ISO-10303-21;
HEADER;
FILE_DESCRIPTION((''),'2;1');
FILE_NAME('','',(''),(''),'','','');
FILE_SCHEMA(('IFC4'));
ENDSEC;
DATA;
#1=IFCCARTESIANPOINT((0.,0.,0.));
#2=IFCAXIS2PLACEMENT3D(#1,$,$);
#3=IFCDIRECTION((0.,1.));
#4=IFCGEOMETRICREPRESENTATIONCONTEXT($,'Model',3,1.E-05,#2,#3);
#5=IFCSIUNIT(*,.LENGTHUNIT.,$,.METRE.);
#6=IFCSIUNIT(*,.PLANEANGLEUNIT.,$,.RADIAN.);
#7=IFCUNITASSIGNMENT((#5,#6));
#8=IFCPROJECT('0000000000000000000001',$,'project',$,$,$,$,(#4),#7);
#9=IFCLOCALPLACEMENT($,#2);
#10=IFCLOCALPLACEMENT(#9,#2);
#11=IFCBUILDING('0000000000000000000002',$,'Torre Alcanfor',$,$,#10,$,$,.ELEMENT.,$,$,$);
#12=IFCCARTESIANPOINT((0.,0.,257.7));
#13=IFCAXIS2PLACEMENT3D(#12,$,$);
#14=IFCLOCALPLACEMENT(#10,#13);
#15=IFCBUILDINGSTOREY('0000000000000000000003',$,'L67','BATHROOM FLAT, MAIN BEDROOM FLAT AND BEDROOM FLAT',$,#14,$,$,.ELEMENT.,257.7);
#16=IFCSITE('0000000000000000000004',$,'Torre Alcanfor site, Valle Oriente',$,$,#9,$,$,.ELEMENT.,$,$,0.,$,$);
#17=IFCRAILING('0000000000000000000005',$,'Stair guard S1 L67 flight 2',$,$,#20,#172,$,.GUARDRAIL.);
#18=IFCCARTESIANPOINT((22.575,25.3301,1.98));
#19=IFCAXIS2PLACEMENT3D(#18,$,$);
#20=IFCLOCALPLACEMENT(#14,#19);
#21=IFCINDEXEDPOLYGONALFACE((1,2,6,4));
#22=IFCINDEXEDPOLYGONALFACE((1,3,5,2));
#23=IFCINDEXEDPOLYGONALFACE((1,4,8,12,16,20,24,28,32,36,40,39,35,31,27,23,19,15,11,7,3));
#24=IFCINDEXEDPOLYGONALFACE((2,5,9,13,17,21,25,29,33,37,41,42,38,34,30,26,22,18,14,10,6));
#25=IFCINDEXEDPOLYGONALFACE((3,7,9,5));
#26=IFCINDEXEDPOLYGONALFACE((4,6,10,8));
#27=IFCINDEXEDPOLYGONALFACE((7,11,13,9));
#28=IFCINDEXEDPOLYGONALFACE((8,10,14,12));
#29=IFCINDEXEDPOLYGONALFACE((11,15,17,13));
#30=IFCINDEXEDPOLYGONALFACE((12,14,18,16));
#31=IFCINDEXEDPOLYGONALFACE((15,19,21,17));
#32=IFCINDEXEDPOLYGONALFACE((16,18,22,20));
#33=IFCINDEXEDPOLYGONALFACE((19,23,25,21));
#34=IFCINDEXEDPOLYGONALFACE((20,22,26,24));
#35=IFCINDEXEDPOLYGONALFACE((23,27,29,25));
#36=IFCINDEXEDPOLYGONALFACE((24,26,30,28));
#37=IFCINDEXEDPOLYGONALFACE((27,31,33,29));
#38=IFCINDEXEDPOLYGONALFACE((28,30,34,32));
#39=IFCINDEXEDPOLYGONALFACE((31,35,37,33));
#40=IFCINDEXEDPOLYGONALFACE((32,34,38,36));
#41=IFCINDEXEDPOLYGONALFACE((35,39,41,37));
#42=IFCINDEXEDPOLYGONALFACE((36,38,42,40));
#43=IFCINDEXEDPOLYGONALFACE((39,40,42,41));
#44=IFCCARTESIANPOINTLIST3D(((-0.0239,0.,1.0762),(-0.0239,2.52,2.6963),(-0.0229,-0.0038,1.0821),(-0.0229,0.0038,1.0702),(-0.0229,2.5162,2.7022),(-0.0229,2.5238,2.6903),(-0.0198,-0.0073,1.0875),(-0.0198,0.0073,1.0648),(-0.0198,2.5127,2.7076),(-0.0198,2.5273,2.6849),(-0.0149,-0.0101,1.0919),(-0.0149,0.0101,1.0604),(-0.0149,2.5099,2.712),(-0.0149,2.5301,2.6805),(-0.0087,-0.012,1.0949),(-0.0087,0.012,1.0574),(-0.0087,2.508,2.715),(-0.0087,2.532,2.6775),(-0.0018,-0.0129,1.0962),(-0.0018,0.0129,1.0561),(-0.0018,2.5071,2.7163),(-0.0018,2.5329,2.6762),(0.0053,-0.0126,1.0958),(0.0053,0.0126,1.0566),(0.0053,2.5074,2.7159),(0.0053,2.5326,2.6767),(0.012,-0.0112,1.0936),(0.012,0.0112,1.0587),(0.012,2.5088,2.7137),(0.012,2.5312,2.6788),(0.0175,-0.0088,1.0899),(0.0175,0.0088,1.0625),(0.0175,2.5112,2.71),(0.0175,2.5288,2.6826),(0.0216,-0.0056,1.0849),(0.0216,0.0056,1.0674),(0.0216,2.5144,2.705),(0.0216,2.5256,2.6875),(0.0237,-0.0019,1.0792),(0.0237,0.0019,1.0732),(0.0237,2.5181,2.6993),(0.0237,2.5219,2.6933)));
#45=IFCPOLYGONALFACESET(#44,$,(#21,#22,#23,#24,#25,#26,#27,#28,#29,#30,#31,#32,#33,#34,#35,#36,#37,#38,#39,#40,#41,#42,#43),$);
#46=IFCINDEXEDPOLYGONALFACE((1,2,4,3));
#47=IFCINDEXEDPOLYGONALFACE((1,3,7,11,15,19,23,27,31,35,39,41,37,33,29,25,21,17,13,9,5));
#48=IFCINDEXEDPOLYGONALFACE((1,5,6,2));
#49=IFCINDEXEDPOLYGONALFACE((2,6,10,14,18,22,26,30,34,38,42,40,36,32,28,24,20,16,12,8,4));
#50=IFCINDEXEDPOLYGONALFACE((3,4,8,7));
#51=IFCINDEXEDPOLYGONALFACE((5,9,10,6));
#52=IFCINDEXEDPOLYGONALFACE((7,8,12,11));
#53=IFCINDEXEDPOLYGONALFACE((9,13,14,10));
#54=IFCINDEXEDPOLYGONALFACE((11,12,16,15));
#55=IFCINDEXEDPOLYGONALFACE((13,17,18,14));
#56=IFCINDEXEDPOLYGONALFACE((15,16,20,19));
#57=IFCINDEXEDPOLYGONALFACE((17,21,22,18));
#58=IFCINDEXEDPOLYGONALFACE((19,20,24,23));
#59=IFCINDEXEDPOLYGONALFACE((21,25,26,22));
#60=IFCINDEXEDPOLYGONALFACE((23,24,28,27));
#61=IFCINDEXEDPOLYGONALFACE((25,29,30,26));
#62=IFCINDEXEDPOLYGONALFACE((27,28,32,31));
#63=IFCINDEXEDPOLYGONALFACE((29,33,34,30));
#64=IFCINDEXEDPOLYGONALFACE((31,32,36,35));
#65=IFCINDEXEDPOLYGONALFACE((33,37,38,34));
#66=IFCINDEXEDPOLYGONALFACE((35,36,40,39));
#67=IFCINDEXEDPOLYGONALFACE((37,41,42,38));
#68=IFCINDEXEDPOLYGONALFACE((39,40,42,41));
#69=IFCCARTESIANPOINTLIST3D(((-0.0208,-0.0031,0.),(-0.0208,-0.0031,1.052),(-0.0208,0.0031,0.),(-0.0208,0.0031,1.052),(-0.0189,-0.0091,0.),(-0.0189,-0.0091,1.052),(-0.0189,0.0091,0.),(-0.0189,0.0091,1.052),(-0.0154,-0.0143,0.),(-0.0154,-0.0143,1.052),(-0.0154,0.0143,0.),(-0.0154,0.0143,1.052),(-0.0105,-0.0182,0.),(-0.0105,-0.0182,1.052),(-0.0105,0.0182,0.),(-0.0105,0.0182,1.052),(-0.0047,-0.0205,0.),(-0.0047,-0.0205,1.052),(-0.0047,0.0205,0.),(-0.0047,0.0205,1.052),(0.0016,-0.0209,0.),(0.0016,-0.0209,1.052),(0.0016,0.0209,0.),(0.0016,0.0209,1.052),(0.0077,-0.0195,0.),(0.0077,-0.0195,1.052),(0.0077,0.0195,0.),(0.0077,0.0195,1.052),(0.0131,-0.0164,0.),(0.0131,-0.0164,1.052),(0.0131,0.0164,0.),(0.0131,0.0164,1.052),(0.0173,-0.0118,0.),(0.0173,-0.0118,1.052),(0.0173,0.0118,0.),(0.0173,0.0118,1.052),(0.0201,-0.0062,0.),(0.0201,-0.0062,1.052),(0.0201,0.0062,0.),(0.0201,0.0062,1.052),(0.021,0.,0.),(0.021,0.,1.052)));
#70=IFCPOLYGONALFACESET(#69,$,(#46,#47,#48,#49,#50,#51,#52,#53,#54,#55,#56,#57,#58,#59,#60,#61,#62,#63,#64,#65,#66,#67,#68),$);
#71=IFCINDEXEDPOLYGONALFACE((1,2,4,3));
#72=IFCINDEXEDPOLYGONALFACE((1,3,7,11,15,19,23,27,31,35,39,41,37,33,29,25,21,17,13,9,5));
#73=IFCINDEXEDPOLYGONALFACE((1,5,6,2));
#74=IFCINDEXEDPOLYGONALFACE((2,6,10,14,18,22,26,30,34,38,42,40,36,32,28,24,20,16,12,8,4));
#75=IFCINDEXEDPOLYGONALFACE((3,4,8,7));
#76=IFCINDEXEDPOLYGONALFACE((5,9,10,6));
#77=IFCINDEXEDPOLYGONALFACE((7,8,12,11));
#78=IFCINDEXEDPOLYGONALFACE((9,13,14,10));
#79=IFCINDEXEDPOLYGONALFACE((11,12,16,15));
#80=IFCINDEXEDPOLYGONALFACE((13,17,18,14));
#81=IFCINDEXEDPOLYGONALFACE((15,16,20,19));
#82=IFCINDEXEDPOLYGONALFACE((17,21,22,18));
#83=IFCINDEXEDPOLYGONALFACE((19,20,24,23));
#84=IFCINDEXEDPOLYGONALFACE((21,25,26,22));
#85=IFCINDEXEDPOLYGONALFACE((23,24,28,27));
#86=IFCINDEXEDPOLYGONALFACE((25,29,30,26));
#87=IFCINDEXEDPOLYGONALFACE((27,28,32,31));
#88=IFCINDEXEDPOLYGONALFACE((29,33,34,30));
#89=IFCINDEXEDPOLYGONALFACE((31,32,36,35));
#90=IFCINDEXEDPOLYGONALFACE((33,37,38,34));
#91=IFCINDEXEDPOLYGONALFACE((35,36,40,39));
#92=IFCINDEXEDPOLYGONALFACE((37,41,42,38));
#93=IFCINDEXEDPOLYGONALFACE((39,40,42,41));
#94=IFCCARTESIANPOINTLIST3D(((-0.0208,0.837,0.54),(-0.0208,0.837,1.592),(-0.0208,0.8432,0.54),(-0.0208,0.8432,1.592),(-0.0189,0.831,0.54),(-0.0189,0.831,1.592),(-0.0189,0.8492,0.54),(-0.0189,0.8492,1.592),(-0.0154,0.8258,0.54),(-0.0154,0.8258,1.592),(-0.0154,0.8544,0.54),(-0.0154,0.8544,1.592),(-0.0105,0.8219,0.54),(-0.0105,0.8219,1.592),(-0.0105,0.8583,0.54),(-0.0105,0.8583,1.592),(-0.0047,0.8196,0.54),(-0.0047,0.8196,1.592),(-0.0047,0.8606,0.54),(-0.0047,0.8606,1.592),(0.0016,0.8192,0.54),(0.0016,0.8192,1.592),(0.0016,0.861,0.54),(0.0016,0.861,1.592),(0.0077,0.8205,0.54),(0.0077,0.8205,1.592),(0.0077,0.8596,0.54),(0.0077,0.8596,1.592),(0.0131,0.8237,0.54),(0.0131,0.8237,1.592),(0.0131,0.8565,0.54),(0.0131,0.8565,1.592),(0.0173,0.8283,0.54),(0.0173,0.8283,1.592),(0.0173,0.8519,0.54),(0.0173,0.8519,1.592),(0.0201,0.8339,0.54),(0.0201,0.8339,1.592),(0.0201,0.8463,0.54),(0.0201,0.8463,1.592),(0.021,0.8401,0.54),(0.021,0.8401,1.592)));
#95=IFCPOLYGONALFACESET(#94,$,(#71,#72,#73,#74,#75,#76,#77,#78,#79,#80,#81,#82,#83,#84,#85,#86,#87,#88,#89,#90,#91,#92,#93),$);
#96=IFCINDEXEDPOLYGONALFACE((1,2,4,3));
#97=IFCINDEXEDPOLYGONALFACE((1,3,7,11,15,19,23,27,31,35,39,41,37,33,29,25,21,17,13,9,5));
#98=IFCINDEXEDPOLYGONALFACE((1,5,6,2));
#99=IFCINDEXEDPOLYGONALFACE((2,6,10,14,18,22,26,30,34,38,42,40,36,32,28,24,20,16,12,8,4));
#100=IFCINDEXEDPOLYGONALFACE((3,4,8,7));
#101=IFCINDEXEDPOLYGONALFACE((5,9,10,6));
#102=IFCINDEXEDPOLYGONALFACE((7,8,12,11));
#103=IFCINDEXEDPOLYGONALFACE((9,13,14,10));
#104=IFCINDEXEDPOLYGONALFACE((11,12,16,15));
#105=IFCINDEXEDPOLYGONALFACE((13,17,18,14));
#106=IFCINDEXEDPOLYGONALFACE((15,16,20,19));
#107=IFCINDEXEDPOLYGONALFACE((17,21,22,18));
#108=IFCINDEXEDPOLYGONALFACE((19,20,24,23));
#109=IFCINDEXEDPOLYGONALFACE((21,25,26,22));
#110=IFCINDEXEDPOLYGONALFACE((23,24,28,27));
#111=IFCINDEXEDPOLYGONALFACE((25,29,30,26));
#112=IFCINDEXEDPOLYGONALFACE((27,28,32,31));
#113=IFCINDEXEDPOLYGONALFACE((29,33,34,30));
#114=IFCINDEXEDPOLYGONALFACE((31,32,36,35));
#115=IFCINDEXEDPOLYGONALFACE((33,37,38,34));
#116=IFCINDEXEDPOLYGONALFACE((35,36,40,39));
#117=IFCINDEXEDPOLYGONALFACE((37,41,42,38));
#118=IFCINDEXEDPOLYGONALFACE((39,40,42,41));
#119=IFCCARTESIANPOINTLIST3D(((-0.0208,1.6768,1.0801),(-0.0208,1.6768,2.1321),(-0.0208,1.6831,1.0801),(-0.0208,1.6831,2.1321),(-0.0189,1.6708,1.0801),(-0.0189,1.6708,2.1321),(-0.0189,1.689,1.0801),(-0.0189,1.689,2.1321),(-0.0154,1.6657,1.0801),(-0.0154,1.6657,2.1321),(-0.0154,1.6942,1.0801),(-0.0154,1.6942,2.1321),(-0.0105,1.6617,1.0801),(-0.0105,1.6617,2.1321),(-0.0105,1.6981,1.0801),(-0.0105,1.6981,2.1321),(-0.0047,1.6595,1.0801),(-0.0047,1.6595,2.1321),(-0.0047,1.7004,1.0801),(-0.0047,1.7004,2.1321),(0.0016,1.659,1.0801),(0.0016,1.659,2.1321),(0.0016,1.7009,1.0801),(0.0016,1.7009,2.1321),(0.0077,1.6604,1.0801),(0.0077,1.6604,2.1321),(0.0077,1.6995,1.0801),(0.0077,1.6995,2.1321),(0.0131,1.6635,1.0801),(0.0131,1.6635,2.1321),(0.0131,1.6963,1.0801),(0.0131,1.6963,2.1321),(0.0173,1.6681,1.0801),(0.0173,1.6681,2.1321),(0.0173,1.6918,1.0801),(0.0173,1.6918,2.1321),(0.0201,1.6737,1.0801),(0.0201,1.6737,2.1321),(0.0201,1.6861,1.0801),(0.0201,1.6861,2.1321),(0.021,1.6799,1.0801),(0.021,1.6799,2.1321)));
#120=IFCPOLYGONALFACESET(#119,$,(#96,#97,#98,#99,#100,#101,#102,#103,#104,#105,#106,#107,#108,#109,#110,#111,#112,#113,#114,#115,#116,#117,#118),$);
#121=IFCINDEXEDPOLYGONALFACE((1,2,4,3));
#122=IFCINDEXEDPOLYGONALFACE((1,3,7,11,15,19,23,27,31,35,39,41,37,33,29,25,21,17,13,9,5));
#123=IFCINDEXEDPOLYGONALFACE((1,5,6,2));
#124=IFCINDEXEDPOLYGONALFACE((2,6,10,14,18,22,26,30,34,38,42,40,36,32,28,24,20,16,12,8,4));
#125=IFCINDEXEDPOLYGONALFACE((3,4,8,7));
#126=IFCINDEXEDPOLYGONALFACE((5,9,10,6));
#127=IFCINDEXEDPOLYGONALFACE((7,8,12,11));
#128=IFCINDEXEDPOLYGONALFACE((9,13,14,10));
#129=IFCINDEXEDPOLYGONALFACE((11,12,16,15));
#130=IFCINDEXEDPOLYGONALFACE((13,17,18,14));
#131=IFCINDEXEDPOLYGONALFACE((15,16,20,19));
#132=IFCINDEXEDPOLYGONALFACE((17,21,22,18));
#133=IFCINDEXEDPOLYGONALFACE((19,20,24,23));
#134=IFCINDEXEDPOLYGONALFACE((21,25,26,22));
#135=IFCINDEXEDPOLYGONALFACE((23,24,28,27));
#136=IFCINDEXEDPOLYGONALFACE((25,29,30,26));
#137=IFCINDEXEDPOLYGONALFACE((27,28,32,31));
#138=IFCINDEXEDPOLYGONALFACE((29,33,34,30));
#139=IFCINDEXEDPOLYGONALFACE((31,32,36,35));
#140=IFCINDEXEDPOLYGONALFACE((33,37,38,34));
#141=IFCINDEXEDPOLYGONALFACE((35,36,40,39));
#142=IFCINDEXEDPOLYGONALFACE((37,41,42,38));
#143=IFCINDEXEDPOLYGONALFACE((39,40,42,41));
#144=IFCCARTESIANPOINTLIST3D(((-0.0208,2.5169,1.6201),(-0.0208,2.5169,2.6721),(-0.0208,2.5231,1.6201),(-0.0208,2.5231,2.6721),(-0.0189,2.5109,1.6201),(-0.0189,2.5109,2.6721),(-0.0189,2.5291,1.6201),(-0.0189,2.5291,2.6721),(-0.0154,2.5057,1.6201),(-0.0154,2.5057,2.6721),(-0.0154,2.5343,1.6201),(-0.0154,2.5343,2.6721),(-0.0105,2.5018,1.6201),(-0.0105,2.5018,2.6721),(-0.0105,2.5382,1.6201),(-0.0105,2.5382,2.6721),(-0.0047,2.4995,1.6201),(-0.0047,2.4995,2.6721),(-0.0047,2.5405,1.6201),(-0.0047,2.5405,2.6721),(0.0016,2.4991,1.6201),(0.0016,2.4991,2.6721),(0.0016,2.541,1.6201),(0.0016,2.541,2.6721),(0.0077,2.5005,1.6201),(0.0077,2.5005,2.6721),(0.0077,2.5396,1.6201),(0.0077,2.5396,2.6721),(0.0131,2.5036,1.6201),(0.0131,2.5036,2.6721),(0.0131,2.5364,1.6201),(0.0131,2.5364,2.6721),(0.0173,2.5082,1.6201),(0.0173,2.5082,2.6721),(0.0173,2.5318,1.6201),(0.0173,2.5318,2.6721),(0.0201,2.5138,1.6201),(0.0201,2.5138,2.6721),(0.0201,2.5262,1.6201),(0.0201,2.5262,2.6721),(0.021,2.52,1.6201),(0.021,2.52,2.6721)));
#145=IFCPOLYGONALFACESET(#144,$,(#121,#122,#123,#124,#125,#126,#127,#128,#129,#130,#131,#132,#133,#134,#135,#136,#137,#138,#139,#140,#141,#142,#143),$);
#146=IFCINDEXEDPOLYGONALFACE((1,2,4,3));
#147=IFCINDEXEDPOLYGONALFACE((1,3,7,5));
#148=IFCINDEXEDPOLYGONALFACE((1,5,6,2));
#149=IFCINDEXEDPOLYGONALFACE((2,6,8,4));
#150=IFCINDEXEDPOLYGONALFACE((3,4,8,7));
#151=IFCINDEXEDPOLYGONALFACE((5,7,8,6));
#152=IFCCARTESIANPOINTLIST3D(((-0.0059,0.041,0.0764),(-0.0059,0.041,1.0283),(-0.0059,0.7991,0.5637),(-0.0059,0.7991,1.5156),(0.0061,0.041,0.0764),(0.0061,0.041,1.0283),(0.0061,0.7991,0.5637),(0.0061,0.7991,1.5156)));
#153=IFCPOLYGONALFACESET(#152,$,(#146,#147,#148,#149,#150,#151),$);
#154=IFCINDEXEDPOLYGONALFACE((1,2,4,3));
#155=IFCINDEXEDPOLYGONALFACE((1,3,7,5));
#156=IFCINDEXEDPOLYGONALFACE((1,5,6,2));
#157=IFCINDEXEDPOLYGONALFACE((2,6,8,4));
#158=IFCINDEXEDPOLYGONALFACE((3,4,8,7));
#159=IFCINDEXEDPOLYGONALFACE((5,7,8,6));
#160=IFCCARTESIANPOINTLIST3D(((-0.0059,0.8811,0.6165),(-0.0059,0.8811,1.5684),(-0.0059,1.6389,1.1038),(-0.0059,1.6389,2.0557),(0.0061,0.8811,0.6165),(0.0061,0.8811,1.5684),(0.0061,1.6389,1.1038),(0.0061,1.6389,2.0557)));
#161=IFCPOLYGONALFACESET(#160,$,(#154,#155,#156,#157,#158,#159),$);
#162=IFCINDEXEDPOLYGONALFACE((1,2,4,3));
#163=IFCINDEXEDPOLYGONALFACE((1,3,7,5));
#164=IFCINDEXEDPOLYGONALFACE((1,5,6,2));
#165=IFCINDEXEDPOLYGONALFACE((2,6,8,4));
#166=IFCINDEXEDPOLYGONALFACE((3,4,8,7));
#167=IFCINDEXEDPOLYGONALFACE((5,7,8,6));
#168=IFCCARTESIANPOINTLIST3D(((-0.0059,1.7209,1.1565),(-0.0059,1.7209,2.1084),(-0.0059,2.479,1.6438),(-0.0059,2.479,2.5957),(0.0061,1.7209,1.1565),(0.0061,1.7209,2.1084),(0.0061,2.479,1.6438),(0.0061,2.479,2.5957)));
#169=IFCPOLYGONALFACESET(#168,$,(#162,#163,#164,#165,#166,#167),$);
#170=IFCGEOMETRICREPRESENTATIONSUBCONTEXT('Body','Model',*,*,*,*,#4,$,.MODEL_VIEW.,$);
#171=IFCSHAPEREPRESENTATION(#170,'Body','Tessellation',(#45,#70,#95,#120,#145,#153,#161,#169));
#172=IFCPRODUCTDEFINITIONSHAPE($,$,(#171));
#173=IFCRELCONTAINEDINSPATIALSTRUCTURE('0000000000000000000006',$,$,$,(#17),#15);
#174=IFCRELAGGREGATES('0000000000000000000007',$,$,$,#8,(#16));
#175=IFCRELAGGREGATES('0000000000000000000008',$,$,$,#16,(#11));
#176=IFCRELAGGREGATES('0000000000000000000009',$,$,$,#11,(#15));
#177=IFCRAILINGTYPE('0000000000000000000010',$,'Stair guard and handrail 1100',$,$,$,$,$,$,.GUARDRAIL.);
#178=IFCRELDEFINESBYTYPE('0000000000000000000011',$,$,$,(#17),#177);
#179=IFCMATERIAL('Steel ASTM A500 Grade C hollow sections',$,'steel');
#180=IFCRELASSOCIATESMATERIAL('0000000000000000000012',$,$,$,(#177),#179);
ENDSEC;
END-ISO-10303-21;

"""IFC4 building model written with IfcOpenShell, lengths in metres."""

from ifc_helpers import new_model, si_unit, direction, frame, origin, origin_2d, place, context, subcontext, project, spatial, polyline, circle, outline, extrude, material, type_object, element, save


model = new_model("IFC4")

# Units and contexts
model_context = context("Model", 3, precision=1e-05, world=origin(), true_north=direction((0.0, 1.0)))
body_context = subcontext(model_context, "Body", "Model", "MODEL_VIEW")
ifc_project = project(units=[si_unit("LENGTHUNIT", "METRE"), si_unit("PLANEANGLEUNIT", "RADIAN")], contexts=[model_context])

# Site, building, storey
site_placement = place(None, origin())
site = spatial("IfcSite", under=ifc_project, at=site_placement, Name="Torre Alcanfor site, Valle Oriente", CompositionType="ELEMENT", RefElevation=0.0)
building_placement = place(site_placement, origin())
building = spatial("IfcBuilding", under=site, at=building_placement, Name="Torre Alcanfor", CompositionType="ELEMENT")
storey_placement = place(building_placement, frame((0.0, 0.0, 257.7)))
storey = spatial("IfcBuildingStorey", under=building, at=storey_placement, Name="L67", Description="BATHROOM FLAT, MAIN BEDROOM FLAT AND BEDROOM FLAT", CompositionType="ELEMENT", Elevation=257.7)

# Railing
ifc_material_1 = material(Name="Steel ASTM A500 Grade C hollow sections", Category="steel")
railing_type_1 = type_object("IfcRailingType", Name="Stair guard and handrail 1100", PredefinedType="GUARDRAIL", material=ifc_material_1)
railing_1_placement = place(storey_placement, frame((22.575, 25.3301, 1.98)))
element("IfcRailing", 1, at=railing_1_placement, inside=storey, type_object=railing_type_1, Name="Stair guard S1 L67 flight 2", PredefinedType="GUARDRAIL", context=body_context, shape_type="SweptSolid", body=[
    extrude(circle(Radius=0.0239, at=origin_2d()), frame((0.0, 0.0, 1.0762), z_axis=(0.0, 0.841163, 0.540782), x_axis=(-1.0, 0.0, 0.0)), (0.0, 0.0, 1.0), 2.9958),
    extrude(circle(Radius=0.021, at=origin_2d()), origin(), (0.0, 0.0, 1.0), 1.052),
    extrude(circle(Radius=0.021, at=origin_2d()), frame((0.0, 0.8401, 0.54)), (0.0, 0.0, 1.0), 1.052),
    extrude(circle(Radius=0.021, at=origin_2d()), frame((0.0, 1.6799, 1.0801)), (0.0, 0.0, 1.0), 1.052),
    extrude(circle(Radius=0.021, at=origin_2d()), frame((0.0, 2.52, 1.6201)), (0.0, 0.0, 1.0), 1.052),
    extrude(outline(polyline([(0.041, 0.0764), (0.7991, 0.5637), (0.7991, 1.5156), (0.041, 1.0283), (0.041, 0.0764)])), frame((-0.0059, 0.0, 0.0), z_axis=(1.0, 0.0, 0.0), x_axis=(0.0, 1.0, 0.0)), (0.0, 0.0, 1.0), 0.012),
    extrude(outline(polyline([(0.8811, 0.6165), (1.6389, 1.1038), (1.6389, 2.0557), (0.8811, 1.5684), (0.8811, 0.6165)])), frame((-0.0059, 0.0, 0.0), z_axis=(1.0, 0.0, 0.0), x_axis=(0.0, 1.0, 0.0)), (0.0, 0.0, 1.0), 0.012),
    extrude(outline(polyline([(1.7209, 1.1565), (2.479, 1.6438), (2.479, 2.5957), (1.7209, 2.1084), (1.7209, 1.1565)])), frame((-0.0059, 0.0, 0.0), z_axis=(1.0, 0.0, 0.0), x_axis=(0.0, 1.0, 0.0)), (0.0, 0.0, 1.0), 0.012),
])

save(model, "model.ifc")
